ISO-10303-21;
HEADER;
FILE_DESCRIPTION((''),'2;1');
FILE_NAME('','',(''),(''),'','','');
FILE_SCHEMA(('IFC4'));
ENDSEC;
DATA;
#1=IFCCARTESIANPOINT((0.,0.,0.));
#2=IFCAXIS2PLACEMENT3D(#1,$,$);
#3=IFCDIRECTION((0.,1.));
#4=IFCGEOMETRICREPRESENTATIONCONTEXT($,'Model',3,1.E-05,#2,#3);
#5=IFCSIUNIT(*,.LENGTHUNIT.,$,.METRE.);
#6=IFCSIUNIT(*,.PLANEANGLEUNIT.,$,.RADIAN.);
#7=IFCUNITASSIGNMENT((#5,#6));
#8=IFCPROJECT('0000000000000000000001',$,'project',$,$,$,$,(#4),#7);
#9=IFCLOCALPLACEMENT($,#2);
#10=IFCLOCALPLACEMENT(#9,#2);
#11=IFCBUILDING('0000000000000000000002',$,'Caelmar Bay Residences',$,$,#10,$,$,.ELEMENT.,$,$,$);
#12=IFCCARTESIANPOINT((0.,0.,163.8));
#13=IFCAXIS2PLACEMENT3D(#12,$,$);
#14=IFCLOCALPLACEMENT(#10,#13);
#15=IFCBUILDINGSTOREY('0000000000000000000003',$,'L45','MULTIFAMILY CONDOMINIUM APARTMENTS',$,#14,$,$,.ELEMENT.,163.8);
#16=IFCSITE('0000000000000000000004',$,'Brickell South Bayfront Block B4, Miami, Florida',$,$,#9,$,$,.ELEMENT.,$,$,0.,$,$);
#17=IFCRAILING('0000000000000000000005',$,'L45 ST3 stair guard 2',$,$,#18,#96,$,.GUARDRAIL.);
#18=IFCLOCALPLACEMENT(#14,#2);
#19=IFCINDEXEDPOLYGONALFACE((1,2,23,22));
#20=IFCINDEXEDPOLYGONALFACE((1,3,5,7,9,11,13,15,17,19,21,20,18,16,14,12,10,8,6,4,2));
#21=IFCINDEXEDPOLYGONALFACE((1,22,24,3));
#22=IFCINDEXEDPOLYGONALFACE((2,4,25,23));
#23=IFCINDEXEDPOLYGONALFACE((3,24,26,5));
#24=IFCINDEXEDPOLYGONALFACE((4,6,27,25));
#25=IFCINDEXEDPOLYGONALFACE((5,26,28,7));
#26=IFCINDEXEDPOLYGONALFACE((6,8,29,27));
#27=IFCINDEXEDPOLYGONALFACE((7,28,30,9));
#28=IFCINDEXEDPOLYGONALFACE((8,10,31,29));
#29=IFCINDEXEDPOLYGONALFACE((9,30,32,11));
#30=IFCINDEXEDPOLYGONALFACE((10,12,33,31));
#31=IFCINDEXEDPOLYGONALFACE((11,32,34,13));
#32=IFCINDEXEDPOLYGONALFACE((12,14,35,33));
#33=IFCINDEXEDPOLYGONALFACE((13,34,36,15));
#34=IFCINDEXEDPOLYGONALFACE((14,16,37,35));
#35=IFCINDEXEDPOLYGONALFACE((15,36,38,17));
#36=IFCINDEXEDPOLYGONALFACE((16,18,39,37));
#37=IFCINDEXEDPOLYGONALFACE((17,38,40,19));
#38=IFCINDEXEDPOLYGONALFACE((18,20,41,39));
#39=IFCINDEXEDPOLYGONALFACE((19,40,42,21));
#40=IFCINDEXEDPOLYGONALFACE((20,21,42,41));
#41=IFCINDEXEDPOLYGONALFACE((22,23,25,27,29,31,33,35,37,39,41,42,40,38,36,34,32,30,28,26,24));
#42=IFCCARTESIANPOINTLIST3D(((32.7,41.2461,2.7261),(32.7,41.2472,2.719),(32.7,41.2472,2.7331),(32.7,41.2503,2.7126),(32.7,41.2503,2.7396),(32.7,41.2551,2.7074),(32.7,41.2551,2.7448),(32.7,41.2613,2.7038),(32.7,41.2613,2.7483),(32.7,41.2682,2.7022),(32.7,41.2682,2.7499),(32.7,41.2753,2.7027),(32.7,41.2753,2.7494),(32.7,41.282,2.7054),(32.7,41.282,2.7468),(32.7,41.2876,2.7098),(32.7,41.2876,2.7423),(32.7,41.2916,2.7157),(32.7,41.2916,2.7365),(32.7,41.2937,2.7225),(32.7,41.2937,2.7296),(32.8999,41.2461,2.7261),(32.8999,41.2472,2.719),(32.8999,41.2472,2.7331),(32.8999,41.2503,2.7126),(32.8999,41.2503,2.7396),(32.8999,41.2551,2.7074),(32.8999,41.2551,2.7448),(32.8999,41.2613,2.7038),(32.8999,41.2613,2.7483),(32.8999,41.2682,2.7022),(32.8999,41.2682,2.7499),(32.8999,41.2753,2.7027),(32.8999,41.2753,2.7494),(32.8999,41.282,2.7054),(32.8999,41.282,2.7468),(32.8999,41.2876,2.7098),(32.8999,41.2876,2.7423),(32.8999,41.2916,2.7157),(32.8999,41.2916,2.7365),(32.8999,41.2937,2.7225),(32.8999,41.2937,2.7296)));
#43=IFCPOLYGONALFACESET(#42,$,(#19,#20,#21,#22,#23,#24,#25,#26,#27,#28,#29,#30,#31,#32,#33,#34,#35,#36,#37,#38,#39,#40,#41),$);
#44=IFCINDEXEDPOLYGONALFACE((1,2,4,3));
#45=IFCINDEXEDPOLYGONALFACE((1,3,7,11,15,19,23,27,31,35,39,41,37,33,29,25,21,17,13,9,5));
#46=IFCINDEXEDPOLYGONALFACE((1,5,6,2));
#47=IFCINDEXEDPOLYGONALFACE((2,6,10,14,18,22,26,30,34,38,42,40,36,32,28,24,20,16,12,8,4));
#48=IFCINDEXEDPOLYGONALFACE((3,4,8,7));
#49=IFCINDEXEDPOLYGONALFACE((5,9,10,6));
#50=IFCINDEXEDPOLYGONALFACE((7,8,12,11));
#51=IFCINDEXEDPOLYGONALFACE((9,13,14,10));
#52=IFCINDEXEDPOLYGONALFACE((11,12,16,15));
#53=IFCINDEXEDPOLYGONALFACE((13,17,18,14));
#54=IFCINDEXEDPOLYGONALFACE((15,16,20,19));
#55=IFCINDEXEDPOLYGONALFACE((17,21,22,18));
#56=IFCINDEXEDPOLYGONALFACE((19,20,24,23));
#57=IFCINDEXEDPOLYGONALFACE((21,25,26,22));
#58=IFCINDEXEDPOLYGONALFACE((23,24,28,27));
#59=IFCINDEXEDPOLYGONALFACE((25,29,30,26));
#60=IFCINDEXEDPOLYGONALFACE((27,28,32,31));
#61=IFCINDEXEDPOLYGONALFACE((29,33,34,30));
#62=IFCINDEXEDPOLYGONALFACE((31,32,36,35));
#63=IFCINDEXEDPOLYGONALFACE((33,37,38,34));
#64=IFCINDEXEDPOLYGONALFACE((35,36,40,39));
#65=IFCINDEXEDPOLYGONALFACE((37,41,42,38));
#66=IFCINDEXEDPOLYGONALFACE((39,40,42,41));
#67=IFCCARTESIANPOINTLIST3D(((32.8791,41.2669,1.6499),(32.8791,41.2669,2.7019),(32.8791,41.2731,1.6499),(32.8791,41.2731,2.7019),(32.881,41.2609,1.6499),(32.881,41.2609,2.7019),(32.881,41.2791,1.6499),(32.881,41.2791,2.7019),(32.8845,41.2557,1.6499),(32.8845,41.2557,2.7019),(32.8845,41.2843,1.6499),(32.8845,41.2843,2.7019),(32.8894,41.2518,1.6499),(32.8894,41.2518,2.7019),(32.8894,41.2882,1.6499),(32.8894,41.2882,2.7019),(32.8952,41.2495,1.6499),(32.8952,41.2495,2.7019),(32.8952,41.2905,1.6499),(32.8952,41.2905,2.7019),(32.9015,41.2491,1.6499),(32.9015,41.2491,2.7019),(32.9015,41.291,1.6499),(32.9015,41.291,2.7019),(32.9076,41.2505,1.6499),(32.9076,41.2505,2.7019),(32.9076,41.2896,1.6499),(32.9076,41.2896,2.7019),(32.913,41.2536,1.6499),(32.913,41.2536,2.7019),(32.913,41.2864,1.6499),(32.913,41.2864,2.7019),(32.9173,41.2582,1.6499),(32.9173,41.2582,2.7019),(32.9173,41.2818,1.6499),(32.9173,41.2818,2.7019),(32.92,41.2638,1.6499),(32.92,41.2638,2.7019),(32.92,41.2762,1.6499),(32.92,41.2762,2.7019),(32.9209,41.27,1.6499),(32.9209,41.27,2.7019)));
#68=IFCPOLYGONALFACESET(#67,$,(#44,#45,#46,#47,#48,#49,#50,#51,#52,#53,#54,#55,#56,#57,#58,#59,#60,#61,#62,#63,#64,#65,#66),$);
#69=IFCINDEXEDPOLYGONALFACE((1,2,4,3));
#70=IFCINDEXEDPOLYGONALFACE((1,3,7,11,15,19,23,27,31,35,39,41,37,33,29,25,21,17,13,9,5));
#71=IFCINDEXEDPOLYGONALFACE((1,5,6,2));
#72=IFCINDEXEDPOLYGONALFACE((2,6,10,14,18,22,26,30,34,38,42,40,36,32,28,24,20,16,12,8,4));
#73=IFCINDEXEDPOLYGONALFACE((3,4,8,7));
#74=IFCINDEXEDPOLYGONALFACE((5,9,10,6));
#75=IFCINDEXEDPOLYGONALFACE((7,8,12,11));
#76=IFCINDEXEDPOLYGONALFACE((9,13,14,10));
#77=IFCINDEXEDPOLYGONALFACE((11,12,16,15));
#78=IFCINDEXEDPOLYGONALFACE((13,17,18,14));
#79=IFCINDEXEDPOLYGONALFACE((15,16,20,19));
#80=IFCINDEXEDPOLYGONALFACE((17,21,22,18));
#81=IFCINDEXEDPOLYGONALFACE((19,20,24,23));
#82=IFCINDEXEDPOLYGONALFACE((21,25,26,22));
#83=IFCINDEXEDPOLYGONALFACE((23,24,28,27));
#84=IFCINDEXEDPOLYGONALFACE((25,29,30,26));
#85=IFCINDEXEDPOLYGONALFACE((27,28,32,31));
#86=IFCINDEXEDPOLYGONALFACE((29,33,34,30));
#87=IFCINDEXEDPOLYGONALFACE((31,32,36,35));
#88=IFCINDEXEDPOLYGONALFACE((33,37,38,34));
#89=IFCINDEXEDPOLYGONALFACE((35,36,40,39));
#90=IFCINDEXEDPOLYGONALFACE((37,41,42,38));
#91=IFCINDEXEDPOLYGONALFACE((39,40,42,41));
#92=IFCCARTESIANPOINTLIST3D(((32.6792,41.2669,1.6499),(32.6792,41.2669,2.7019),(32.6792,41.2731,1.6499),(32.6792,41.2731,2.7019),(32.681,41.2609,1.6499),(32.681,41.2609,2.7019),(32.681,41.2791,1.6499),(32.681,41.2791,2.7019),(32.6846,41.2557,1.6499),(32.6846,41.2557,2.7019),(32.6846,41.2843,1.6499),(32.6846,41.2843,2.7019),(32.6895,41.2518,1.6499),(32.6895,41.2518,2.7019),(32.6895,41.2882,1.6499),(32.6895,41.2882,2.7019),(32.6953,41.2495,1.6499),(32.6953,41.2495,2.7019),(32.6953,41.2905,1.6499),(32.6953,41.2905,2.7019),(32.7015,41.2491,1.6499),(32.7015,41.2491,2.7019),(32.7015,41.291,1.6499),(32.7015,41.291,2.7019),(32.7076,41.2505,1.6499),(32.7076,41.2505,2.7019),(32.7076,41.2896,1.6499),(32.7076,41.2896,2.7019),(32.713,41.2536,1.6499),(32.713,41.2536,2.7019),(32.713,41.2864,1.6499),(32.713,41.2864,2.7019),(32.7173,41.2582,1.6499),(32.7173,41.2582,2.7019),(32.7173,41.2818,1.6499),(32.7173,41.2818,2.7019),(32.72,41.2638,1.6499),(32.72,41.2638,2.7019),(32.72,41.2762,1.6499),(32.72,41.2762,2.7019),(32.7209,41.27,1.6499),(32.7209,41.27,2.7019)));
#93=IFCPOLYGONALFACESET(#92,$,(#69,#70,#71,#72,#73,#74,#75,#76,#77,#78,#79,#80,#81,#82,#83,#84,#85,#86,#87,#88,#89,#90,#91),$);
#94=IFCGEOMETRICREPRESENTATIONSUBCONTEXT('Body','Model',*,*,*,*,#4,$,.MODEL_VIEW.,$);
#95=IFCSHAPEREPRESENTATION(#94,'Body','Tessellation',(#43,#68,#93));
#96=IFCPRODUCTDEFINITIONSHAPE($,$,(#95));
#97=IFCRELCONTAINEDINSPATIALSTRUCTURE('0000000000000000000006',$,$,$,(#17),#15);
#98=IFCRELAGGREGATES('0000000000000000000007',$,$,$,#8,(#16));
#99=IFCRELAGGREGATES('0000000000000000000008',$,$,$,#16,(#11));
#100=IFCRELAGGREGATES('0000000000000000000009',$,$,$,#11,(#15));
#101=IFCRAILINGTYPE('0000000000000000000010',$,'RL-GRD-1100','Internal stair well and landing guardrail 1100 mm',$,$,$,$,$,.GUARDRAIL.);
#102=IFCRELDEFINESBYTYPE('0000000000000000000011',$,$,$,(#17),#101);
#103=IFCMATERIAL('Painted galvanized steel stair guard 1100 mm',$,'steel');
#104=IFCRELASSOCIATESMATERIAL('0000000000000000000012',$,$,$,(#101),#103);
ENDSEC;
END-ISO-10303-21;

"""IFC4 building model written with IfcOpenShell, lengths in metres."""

from ifc_helpers import new_model, si_unit, direction, frame, origin, origin_2d, place, context, subcontext, project, spatial, circle, extrude, material, type_object, element, save


model = new_model("IFC4")

# Units and contexts
model_context = context("Model", 3, precision=1e-05, world=origin(), true_north=direction((0.0, 1.0)))
body_context = subcontext(model_context, "Body", "Model", "MODEL_VIEW")
ifc_project = project(units=[si_unit("LENGTHUNIT", "METRE"), si_unit("PLANEANGLEUNIT", "RADIAN")], contexts=[model_context])

# Site, building, storey
site_placement = place(None, origin())
site = spatial("IfcSite", under=ifc_project, at=site_placement, Name="Brickell South Bayfront Block B4, Miami, Florida", CompositionType="ELEMENT", RefElevation=0.0)
building_placement = place(site_placement, origin())
building = spatial("IfcBuilding", under=site, at=building_placement, Name="Caelmar Bay Residences", CompositionType="ELEMENT")
storey_placement = place(building_placement, frame((0.0, 0.0, 163.8)))
storey = spatial("IfcBuildingStorey", under=building, at=storey_placement, Name="L45", Description="MULTIFAMILY CONDOMINIUM APARTMENTS", CompositionType="ELEMENT", Elevation=163.8)

# Railing
ifc_material_1 = material(Name="Painted galvanized steel stair guard 1100 mm", Category="steel")
railing_type_1 = type_object("IfcRailingType", Name="RL-GRD-1100", Description="Internal stair well and landing guardrail 1100 mm", PredefinedType="GUARDRAIL", material=ifc_material_1)
railing_1_placement = place(storey_placement, frame((32.8999, 41.27, 1.6499)))
element("IfcRailing", 1, at=railing_1_placement, inside=storey, type_object=railing_type_1, Name="L45 ST3 stair guard 2", PredefinedType="GUARDRAIL", context=body_context, shape_type="SweptSolid", body=[
    extrude(circle(Radius=0.0239, at=origin_2d()), frame((0.0, 0.0, 1.0762), z_axis=(-1.0, 0.0, 0.0), x_axis=(0.0, -1.0, 0.0)), (0.0, 0.0, 1.0), 0.2),
    extrude(circle(Radius=0.021, at=origin_2d()), origin(), (0.0, 0.0, 1.0), 1.052),
    extrude(circle(Radius=0.021, at=origin_2d()), frame((-0.2, 0.0, 0.0)), (0.0, 0.0, 1.0), 1.052),
])

save(model, "model.ifc")
